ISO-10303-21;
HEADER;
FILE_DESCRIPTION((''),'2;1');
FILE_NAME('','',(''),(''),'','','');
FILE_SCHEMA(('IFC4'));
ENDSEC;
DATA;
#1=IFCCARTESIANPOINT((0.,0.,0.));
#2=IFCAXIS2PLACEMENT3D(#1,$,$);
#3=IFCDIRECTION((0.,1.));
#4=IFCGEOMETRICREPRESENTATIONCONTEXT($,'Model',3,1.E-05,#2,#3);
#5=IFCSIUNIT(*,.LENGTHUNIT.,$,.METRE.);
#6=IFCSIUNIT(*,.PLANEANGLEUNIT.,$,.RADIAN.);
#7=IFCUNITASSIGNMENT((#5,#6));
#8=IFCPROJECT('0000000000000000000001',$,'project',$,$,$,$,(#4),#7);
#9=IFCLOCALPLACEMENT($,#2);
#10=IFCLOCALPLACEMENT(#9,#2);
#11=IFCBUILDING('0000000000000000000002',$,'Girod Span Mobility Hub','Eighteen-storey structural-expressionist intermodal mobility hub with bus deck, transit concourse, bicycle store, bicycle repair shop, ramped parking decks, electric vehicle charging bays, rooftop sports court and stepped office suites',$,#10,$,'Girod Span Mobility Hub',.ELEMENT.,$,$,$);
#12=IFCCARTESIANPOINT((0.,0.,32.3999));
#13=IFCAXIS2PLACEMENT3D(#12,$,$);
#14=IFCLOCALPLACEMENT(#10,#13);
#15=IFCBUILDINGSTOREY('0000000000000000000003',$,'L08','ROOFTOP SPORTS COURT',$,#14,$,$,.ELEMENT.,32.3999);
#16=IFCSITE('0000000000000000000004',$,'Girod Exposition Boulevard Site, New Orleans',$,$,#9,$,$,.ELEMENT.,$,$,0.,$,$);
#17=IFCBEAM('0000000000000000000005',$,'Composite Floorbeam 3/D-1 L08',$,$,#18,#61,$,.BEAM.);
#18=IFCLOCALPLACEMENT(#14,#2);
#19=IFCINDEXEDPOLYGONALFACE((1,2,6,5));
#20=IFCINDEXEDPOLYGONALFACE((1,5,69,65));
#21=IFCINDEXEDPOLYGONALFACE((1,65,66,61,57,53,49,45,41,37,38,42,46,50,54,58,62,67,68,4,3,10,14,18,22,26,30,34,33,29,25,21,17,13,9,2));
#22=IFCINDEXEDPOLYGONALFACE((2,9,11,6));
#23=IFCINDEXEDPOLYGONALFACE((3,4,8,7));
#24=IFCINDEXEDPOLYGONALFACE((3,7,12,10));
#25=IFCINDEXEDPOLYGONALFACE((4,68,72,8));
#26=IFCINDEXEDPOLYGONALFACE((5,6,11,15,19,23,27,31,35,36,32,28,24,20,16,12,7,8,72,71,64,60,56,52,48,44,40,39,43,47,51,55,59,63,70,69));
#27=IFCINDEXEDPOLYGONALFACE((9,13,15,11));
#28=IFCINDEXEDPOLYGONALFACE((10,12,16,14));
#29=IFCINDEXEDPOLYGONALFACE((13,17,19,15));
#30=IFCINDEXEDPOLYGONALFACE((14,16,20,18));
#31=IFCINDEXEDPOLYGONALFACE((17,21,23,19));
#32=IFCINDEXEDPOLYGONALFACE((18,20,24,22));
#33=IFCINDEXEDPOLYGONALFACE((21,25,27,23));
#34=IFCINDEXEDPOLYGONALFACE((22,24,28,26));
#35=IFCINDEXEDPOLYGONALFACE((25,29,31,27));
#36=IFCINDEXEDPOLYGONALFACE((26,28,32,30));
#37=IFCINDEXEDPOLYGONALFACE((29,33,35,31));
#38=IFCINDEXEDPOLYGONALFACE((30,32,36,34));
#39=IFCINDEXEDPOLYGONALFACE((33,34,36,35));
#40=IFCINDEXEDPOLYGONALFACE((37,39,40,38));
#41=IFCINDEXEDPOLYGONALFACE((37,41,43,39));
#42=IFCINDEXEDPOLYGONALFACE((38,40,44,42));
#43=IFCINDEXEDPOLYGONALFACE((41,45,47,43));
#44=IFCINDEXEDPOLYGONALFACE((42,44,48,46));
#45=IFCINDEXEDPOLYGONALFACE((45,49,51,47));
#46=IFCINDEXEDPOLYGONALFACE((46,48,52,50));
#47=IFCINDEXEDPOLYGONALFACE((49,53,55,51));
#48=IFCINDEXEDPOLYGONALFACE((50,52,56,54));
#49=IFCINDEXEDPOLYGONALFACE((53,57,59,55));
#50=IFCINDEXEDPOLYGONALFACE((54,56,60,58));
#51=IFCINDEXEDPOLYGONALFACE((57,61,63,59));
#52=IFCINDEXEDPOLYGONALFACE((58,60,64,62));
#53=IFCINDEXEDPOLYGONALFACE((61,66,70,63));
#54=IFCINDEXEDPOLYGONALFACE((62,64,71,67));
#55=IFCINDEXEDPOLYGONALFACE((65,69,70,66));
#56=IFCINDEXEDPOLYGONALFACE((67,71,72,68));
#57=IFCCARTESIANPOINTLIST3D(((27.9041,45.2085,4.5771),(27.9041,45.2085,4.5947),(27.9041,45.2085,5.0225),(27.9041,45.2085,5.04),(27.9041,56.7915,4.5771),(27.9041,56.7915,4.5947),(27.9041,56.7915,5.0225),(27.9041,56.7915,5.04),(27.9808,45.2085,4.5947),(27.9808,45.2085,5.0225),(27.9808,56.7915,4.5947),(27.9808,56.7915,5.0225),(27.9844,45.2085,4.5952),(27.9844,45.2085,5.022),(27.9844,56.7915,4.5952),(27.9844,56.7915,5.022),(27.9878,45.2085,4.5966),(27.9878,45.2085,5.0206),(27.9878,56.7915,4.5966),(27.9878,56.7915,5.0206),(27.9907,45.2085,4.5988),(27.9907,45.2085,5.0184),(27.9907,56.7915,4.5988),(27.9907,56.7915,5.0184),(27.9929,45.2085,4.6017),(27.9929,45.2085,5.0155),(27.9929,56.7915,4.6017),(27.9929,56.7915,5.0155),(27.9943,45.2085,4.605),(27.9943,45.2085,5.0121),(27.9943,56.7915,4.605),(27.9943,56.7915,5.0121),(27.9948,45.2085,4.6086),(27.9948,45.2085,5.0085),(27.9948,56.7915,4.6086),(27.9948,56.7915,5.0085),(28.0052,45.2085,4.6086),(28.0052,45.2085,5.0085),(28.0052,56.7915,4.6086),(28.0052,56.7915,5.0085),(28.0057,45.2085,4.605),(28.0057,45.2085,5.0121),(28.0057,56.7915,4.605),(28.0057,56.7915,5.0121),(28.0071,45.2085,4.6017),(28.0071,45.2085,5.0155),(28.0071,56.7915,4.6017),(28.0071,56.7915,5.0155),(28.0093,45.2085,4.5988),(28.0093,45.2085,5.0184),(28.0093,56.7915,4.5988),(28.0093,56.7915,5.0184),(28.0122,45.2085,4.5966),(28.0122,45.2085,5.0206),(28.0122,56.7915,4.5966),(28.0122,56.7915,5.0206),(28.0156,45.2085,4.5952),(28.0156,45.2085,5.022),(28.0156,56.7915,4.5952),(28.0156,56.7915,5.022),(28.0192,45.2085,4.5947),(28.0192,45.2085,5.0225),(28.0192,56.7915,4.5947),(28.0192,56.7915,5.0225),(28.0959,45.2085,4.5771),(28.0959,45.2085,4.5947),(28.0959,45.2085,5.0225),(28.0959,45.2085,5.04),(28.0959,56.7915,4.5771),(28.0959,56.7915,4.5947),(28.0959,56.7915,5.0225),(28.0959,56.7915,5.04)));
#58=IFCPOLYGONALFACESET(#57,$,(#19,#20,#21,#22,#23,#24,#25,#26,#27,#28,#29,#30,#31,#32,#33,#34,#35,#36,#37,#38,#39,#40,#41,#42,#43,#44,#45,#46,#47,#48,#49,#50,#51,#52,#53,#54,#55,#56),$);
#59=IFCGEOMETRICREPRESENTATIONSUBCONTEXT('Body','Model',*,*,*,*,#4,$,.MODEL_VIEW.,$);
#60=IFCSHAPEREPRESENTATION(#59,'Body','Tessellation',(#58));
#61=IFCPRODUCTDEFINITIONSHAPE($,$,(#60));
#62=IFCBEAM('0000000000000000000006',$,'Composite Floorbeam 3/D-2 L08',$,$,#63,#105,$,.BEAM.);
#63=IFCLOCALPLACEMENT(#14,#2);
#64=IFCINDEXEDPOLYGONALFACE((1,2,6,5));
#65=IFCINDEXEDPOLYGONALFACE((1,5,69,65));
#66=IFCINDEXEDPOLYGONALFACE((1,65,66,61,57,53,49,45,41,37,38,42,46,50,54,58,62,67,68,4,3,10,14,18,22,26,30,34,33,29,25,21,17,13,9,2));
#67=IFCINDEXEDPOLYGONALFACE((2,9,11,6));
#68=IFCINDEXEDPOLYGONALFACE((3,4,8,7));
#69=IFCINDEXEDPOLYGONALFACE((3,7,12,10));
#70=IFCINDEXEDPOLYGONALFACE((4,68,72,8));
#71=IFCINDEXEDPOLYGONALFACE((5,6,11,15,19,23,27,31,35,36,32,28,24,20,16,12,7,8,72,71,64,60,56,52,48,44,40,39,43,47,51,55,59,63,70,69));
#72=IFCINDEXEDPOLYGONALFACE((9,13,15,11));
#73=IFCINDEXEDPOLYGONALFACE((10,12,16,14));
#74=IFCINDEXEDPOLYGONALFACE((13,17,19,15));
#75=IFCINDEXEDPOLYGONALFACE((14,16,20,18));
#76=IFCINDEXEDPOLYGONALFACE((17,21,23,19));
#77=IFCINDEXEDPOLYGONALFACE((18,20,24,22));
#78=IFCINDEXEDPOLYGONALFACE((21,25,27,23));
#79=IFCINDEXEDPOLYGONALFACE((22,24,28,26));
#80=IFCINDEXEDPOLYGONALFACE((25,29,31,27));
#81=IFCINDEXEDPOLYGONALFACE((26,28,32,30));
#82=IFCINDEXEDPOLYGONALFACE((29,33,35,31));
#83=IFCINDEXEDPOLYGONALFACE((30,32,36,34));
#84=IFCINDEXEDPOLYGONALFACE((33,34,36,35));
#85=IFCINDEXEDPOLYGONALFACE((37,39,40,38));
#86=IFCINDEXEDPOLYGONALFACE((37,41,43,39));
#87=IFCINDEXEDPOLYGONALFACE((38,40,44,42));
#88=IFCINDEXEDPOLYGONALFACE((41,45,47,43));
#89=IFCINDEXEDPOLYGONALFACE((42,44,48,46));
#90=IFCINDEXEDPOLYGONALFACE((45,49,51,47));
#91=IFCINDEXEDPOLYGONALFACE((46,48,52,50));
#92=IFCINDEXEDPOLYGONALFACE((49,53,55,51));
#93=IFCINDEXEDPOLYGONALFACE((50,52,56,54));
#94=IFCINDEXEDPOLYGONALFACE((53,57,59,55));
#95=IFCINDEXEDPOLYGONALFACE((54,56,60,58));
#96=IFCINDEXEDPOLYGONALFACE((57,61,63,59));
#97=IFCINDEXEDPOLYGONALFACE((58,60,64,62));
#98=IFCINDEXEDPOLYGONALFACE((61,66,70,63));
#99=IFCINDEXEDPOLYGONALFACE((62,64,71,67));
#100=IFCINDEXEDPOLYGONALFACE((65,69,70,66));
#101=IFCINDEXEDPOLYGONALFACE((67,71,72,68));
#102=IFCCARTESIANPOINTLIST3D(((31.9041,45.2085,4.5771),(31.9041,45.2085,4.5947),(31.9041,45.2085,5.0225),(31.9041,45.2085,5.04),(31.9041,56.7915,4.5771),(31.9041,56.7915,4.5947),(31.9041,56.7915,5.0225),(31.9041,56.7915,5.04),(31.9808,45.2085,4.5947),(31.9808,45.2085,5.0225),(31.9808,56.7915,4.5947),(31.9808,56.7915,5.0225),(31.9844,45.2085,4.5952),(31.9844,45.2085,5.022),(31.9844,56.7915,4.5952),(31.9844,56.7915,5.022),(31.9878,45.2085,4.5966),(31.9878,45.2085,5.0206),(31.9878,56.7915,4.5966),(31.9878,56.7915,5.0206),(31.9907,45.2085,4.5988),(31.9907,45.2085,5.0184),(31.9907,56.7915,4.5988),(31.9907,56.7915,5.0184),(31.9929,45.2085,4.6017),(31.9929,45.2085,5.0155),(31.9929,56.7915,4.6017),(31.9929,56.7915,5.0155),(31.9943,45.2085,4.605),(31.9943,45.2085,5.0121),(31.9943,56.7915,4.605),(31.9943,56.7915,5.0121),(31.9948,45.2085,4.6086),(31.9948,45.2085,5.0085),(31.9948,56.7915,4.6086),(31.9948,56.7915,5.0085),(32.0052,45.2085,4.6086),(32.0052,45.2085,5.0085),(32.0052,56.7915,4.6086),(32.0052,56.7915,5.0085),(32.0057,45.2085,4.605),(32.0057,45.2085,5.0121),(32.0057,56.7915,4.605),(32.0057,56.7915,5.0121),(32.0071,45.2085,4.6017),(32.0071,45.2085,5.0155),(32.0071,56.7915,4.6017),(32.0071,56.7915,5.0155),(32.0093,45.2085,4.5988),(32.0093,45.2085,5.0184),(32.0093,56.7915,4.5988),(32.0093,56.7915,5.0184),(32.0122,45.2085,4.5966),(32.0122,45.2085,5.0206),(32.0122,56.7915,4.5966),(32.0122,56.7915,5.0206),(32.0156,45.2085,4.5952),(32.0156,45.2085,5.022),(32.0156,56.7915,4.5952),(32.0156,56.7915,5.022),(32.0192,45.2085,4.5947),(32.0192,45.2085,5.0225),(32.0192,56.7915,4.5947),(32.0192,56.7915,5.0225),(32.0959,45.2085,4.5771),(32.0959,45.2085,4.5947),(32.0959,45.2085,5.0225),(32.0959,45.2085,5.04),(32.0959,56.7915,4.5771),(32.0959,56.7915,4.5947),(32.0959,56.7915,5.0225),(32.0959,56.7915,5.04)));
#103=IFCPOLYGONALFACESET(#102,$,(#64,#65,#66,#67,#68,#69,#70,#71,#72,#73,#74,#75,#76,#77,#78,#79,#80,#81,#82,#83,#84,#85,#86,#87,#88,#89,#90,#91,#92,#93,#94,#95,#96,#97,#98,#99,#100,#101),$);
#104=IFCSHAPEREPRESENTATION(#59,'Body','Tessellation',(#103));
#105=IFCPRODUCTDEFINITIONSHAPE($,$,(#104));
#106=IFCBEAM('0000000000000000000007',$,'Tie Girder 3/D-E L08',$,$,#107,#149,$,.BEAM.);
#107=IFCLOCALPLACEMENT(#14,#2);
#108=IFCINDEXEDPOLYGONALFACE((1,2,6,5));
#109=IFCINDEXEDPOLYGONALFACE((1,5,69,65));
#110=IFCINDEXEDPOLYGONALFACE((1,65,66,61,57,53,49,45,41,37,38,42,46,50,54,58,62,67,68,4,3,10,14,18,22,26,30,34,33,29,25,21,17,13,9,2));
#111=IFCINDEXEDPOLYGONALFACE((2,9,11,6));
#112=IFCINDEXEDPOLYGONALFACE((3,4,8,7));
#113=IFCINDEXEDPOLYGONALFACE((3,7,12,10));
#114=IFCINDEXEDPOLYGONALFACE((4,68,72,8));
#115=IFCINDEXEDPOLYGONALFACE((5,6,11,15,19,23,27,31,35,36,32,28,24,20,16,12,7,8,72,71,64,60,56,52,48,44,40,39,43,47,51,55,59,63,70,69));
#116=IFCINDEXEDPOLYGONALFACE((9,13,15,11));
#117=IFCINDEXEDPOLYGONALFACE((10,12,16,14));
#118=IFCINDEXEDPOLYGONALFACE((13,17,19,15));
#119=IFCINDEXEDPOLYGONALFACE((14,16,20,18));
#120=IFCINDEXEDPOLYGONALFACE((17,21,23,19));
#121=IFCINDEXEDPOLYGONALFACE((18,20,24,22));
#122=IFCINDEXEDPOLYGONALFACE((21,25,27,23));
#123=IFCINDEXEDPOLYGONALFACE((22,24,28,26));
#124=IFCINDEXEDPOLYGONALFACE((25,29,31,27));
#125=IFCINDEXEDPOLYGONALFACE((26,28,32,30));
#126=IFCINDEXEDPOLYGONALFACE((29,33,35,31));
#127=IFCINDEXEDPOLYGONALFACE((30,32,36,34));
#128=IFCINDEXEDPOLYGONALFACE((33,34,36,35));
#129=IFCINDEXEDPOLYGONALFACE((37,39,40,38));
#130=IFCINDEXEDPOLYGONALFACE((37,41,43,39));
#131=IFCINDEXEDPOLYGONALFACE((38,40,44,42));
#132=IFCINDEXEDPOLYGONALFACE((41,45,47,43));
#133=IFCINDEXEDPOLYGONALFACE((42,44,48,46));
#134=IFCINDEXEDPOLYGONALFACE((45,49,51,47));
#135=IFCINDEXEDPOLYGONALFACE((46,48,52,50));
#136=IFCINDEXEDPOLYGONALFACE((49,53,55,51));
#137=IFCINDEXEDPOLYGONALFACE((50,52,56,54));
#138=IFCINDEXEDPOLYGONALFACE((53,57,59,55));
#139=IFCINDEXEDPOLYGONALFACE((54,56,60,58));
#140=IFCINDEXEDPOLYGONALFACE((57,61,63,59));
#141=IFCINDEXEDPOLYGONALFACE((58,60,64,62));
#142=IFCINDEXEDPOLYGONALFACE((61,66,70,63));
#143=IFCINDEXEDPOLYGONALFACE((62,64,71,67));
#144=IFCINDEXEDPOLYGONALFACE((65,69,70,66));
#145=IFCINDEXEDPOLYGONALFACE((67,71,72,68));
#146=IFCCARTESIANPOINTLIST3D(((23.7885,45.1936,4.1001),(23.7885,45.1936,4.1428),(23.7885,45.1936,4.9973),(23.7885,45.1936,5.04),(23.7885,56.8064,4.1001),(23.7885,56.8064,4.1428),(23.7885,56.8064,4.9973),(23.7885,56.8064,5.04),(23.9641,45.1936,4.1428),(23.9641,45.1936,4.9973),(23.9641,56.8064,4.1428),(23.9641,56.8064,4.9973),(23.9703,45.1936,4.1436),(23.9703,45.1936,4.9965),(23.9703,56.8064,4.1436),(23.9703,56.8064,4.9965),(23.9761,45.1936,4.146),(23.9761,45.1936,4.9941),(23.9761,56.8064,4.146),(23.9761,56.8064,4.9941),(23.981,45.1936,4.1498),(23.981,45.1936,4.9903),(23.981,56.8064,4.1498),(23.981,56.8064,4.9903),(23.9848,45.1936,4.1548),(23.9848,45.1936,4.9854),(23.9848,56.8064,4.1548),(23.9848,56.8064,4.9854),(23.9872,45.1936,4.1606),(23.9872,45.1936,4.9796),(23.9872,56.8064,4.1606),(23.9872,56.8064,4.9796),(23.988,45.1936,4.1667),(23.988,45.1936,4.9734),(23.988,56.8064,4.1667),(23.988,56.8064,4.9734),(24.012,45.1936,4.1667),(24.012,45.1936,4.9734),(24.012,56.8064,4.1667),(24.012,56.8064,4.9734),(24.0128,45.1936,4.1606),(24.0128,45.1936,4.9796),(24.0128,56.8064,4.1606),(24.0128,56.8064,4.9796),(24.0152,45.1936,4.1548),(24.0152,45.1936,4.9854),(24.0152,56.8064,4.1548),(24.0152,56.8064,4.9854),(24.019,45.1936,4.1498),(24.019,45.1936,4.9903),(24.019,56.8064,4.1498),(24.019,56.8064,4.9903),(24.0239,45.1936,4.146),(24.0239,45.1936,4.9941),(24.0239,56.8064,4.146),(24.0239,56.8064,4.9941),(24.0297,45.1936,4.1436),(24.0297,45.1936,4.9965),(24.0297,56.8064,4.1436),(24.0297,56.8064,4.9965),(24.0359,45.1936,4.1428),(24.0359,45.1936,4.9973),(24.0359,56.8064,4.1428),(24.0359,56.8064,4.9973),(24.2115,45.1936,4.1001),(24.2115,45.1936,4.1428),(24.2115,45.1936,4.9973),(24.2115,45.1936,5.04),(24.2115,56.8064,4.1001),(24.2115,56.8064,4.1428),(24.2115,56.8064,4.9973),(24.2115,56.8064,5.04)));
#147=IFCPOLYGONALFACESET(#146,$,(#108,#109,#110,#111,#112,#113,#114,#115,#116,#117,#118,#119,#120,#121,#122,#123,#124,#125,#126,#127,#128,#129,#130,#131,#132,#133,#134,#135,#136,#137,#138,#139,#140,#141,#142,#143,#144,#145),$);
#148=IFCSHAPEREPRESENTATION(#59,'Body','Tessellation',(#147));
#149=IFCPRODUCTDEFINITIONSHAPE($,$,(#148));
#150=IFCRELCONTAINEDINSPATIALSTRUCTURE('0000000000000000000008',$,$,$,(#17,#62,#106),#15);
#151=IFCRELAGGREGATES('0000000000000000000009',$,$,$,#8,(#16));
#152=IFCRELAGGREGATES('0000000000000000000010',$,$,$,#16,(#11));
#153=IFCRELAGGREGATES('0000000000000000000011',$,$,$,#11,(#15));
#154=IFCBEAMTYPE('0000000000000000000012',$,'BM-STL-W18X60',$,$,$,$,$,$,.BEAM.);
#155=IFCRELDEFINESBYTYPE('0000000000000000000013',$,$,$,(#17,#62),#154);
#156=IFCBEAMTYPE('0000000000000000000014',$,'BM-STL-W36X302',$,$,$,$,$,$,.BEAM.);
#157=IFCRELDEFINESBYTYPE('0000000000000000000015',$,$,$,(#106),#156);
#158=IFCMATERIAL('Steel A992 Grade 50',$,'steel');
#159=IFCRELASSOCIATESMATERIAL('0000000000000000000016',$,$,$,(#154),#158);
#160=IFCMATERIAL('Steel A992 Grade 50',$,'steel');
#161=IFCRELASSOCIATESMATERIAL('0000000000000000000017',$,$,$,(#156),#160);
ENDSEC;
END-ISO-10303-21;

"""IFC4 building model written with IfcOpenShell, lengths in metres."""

from ifc_helpers import new_model, si_unit, direction, frame, origin, origin_2d, place, context, subcontext, project, spatial, i_section, extrude, material, material_profile, profile_set, type_object, element, save


model = new_model("IFC4")

# Units and contexts
model_context = context("Model", 3, precision=1e-05, world=origin(), true_north=direction((0.0, 1.0)))
body_context = subcontext(model_context, "Body", "Model", "MODEL_VIEW")
ifc_project = project(units=[si_unit("LENGTHUNIT", "METRE"), si_unit("PLANEANGLEUNIT", "RADIAN")], contexts=[model_context])

# Site, building, storey
site_placement = place(None, origin())
site = spatial("IfcSite", under=ifc_project, at=site_placement, Name="Girod Exposition Boulevard Site, New Orleans", CompositionType="ELEMENT", RefElevation=0.0)
building_placement = place(site_placement, origin())
building = spatial("IfcBuilding", under=site, at=building_placement, Name="Girod Span Mobility Hub", Description="Eighteen-storey structural-expressionist intermodal mobility hub with bus deck, transit concourse, bicycle store, bicycle repair shop, ramped parking decks, electric vehicle charging bays, rooftop sports court and stepped office suites", LongName="Girod Span Mobility Hub", CompositionType="ELEMENT")
storey_placement = place(building_placement, frame((0.0, 0.0, 32.3999)))
storey = spatial("IfcBuildingStorey", under=building, at=storey_placement, Name="L08", Description="ROOFTOP SPORTS COURT", CompositionType="ELEMENT", Elevation=32.3999)

# Beams
ifc_material_1 = material(Name="Steel A992 Grade 50", Category="steel")
ifc_material_profile_1 = material_profile(ifc_material_1, i_section(OverallWidth=0.1919, OverallDepth=0.4629, WebThickness=0.0105, FlangeThickness=0.0176, FilletRadius=0.0139, at=origin_2d()), Name="W18X60")
ifc_profile_set_1 = profile_set([ifc_material_profile_1], Name="Steel A992 Grade 50")
beam_type_1 = type_object("IfcBeamType", Name="BM-STL-W18X60", PredefinedType="BEAM", material=ifc_profile_set_1)
for number, where, z_axis, x_axis, name in (
    (1, (28.0, 45.2085, 4.8086), (0.0, 1.0, 0.0), (-1.0, 0.0, 0.0), "Composite Floorbeam 3/D-1 L08"),
    (2, (32.0, 45.2085, 4.8086), (0.0, 1.0, 0.0), (-1.0, 0.0, 0.0), "Composite Floorbeam 3/D-2 L08"),
):
    element("IfcBeam", number, at=place(storey_placement, frame(where, z_axis=z_axis, x_axis=x_axis)), inside=storey, type_object=beam_type_1, Name=name, PredefinedType="BEAM", context=body_context, shape_type="SweptSolid", body=[
        extrude(i_section(OverallWidth=0.1919, OverallDepth=0.4629, WebThickness=0.0105, FlangeThickness=0.0176, FilletRadius=0.0139, at=origin_2d()), origin(), (0.0, 0.0, 1.0), 11.583),
    ])
ifc_material_2 = material(Name="Steel A992 Grade 50", Category="steel")
ifc_material_profile_2 = material_profile(ifc_material_2, i_section(OverallWidth=0.4231, OverallDepth=0.9399, WebThickness=0.0239, FlangeThickness=0.0427, FilletRadius=0.0239, at=origin_2d()), Name="W36X302")
ifc_profile_set_2 = profile_set([ifc_material_profile_2], Name="Steel A992 Grade 50")
beam_type_2 = type_object("IfcBeamType", Name="BM-STL-W36X302", PredefinedType="BEAM", material=ifc_profile_set_2)
beam_placement = place(storey_placement, frame((24.0, 45.1936, 4.5701), z_axis=(0.0, 1.0, 0.0), x_axis=(-1.0, 0.0, 0.0)))
element("IfcBeam", 3, at=beam_placement, inside=storey, type_object=beam_type_2, Name="Tie Girder 3/D-E L08", PredefinedType="BEAM", context=body_context, shape_type="SweptSolid", body=[
    extrude(i_section(OverallWidth=0.4231, OverallDepth=0.9399, WebThickness=0.0239, FlangeThickness=0.0427, FilletRadius=0.0239, at=origin_2d()), origin(), (0.0, 0.0, 1.0), 11.6128),
])

save(model, "model.ifc")
